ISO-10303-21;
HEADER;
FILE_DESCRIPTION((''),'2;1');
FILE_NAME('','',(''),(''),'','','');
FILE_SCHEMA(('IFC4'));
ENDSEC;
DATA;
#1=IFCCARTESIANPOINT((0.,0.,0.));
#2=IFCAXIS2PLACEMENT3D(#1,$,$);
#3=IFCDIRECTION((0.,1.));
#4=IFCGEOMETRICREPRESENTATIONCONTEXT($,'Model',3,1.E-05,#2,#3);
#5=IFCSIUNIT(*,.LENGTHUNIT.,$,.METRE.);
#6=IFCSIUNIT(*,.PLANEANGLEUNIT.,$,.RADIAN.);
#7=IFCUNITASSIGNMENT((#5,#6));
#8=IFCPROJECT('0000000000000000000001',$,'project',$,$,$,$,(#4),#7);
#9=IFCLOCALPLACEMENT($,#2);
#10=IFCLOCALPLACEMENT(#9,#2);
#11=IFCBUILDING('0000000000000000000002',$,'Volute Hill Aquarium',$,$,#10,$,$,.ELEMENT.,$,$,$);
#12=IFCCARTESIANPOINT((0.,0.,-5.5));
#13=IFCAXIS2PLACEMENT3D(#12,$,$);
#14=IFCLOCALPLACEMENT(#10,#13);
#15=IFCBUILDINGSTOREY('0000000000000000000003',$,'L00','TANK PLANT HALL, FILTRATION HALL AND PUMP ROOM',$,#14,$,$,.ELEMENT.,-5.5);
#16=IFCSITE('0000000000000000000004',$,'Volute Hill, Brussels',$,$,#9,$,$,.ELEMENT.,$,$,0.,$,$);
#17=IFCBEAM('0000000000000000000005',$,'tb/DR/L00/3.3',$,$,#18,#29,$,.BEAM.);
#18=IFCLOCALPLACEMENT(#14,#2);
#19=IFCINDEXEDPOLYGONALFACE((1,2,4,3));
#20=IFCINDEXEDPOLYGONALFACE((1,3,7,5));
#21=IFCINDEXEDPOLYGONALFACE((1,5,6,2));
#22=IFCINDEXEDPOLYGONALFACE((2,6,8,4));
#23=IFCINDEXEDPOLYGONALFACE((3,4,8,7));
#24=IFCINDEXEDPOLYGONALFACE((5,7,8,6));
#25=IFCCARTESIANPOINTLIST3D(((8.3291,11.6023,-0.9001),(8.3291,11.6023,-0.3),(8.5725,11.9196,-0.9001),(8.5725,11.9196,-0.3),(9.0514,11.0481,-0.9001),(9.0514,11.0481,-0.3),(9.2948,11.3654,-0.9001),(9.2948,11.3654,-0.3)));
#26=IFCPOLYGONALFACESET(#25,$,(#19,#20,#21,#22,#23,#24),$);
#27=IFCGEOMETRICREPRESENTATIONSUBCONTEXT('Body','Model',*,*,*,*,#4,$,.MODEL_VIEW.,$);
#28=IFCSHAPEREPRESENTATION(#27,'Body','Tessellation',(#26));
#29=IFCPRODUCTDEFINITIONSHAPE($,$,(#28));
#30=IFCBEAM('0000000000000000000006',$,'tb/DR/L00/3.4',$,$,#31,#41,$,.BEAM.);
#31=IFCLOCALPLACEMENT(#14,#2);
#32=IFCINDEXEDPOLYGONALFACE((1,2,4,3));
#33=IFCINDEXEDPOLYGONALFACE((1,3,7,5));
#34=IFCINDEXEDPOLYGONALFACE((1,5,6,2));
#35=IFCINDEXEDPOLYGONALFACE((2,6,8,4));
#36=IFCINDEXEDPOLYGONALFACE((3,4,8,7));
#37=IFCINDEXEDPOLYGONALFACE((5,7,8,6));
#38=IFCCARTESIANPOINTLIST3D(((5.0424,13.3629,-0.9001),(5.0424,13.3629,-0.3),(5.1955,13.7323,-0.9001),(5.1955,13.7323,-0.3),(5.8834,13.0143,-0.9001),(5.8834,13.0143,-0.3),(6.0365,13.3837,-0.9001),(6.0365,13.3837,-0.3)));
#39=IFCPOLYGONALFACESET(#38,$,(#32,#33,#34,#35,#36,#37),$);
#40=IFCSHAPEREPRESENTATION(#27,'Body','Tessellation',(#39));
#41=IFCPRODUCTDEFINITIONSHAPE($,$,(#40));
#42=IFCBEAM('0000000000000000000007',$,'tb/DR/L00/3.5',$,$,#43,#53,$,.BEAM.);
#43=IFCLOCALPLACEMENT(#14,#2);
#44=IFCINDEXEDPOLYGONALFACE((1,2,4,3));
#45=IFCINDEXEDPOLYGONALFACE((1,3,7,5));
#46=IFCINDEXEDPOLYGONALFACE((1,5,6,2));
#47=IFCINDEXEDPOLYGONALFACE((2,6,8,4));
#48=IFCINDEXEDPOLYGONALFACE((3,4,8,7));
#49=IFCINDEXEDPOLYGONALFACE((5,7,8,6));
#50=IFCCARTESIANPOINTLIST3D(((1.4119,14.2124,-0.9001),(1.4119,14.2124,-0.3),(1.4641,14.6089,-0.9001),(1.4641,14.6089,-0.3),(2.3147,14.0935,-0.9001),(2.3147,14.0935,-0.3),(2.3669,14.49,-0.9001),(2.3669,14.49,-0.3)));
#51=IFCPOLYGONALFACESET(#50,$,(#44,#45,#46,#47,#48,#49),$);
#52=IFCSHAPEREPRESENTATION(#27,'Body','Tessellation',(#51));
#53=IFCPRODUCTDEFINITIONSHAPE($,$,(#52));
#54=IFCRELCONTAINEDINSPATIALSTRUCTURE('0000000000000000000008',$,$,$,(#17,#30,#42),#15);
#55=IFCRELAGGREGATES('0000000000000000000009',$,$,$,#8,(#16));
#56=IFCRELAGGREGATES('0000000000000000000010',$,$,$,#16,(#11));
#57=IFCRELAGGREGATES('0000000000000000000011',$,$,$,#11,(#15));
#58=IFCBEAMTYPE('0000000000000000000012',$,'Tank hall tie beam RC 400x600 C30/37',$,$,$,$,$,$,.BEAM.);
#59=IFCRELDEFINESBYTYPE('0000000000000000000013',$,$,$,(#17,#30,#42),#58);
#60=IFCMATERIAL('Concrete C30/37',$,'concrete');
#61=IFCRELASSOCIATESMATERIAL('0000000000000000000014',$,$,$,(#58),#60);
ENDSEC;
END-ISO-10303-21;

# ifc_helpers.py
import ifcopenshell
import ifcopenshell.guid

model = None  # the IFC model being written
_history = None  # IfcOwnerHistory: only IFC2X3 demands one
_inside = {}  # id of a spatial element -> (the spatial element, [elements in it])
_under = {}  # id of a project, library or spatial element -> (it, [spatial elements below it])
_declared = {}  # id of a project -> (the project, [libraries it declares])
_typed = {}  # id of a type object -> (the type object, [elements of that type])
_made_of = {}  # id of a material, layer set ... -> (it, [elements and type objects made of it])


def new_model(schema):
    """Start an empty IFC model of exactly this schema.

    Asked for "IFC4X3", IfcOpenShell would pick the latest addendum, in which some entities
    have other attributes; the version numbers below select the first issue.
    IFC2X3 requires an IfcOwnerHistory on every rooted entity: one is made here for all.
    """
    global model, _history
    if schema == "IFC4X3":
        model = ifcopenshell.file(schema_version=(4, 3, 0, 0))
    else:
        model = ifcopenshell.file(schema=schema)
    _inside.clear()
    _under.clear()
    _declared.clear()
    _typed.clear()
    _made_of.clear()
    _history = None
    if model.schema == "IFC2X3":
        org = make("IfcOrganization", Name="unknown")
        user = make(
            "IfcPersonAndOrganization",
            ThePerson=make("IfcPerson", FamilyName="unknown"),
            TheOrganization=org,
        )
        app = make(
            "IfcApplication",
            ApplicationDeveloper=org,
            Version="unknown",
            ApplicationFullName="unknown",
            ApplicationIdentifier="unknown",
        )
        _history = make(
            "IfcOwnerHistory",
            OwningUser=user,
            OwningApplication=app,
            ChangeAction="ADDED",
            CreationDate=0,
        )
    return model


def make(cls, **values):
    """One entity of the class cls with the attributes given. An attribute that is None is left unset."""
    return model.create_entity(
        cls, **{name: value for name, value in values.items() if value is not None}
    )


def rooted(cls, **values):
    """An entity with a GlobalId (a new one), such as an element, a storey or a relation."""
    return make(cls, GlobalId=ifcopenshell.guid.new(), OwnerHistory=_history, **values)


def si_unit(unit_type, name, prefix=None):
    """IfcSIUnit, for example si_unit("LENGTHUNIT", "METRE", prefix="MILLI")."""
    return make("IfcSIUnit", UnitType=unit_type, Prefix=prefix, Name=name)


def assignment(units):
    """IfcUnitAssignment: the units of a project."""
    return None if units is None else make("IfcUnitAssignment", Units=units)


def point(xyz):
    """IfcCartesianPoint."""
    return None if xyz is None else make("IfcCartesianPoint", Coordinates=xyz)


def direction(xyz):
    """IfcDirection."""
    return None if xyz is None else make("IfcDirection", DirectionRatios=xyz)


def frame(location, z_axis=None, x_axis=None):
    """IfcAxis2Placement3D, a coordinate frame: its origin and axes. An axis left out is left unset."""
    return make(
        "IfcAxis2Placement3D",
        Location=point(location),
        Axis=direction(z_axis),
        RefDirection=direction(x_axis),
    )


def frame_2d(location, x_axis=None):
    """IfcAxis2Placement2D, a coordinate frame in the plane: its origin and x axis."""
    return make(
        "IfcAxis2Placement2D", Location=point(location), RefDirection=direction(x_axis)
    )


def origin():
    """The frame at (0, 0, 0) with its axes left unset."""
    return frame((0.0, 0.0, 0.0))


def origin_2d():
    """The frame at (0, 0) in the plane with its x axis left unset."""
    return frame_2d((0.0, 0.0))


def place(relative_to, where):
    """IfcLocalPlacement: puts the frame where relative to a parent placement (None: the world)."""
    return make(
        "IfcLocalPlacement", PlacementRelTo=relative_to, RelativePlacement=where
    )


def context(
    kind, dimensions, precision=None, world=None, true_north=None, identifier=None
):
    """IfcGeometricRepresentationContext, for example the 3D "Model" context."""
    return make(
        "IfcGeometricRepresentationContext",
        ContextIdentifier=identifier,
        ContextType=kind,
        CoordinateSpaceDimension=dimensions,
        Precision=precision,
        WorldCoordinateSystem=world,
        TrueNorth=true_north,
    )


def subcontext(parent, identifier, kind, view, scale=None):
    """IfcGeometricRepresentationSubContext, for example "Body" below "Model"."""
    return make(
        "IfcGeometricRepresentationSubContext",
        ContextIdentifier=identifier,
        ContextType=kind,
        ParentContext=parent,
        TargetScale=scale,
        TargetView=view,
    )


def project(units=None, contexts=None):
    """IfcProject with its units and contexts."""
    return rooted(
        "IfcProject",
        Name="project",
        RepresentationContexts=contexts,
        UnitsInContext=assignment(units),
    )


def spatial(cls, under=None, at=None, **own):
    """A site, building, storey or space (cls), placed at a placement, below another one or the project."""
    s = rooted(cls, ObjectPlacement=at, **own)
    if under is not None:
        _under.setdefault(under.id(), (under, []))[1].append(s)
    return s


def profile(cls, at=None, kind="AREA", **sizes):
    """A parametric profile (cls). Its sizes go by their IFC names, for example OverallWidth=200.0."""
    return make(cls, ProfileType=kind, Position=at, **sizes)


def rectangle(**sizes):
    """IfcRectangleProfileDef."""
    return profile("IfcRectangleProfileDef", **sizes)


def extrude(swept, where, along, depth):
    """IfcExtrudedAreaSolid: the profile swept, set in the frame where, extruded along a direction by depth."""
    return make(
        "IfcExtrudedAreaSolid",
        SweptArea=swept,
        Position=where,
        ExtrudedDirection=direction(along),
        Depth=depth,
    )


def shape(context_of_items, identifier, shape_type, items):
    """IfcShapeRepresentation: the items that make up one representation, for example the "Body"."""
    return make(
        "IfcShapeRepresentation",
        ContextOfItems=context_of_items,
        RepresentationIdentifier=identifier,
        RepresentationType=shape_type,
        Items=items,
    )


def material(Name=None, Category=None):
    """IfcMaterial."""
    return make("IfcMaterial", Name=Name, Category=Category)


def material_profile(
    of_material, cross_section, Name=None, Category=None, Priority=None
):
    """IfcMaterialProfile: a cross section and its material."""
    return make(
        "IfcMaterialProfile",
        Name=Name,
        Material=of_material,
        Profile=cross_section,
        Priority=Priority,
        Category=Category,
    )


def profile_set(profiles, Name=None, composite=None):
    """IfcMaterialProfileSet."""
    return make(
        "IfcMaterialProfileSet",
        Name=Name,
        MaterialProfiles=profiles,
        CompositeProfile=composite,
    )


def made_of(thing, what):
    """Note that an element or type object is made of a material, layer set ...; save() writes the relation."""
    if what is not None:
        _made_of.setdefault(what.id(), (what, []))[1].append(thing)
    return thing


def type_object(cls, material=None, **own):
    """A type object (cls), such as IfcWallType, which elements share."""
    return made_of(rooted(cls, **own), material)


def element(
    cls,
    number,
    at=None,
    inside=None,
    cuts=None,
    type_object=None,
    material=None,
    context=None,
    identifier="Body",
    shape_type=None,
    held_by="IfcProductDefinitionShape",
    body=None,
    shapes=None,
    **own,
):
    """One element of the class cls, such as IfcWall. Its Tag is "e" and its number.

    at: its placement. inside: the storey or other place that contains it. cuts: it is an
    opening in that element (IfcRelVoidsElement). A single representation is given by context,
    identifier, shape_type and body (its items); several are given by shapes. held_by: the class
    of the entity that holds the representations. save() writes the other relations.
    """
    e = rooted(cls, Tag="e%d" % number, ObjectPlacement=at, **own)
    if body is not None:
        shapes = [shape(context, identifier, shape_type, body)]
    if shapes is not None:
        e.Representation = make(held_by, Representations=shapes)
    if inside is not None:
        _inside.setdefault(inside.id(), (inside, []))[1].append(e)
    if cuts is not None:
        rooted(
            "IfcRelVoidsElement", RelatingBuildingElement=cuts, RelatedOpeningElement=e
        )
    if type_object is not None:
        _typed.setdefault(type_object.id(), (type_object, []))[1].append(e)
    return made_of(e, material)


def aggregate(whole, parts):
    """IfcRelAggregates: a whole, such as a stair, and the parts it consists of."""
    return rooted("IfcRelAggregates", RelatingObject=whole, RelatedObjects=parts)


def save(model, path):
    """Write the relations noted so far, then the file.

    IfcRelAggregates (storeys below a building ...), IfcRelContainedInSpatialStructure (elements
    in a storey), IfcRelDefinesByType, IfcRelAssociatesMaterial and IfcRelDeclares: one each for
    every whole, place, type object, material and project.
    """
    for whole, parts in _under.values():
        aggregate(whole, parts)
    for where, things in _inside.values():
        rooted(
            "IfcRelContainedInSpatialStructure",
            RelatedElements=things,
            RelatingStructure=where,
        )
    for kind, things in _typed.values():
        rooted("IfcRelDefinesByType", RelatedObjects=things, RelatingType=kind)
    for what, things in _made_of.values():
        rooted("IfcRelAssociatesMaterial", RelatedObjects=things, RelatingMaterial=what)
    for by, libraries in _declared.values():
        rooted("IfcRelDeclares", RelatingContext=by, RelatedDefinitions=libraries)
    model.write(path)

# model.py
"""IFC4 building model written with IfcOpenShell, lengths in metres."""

from ifc_helpers import new_model, si_unit, direction, frame, origin, origin_2d, place, context, subcontext, project, spatial, rectangle, extrude, material, material_profile, profile_set, type_object, element, save


model = new_model("IFC4")

# Units and contexts
model_context = context("Model", 3, precision=1e-05, world=origin(), true_north=direction((0.0, 1.0)))
body_context = subcontext(model_context, "Body", "Model", "MODEL_VIEW")
ifc_project = project(units=[si_unit("LENGTHUNIT", "METRE"), si_unit("PLANEANGLEUNIT", "RADIAN")], contexts=[model_context])

# Site, building, storey
site_placement = place(None, origin())
site = spatial("IfcSite", under=ifc_project, at=site_placement, Name="Volute Hill, Brussels", CompositionType="ELEMENT", RefElevation=0.0)
building_placement = place(site_placement, origin())
building = spatial("IfcBuilding", under=site, at=building_placement, Name="Volute Hill Aquarium", CompositionType="ELEMENT")
storey_placement = place(building_placement, frame((0.0, 0.0, -5.5)))
storey = spatial("IfcBuildingStorey", under=building, at=storey_placement, Name="L00", Description="TANK PLANT HALL, FILTRATION HALL AND PUMP ROOM", CompositionType="ELEMENT", Elevation=-5.5)

# Beams
ifc_material_1 = material(Name="Concrete C30/37", Category="concrete")
ifc_material_profile_1 = material_profile(ifc_material_1, rectangle(XDim=0.3999, YDim=0.6001, at=origin_2d()), Name="RC tie beam 400x600")
ifc_profile_set_1 = profile_set([ifc_material_profile_1], Name="Concrete C30/37")
beam_type = type_object("IfcBeamType", Name="Tank hall tie beam RC 400x600 C30/37", PredefinedType="BEAM", material=ifc_profile_set_1)
for number, where, z_axis, x_axis, name in (
    (1, (9.1731, 11.2068, -0.6001), (-0.793421, 0.608674, 0.0), (-0.608674, -0.793421, 0.0), "tb/DR/L00/3.3"),
    (2, (5.96, 13.199, -0.6001), (-0.923781, 0.38292, 0.0), (-0.38292, -0.923781, 0.0), "tb/DR/L00/3.4"),
):
    element("IfcBeam", number, at=place(storey_placement, frame(where, z_axis=z_axis, x_axis=x_axis)), inside=storey, type_object=beam_type, Name=name, PredefinedType="BEAM", context=body_context, shape_type="SweptSolid", body=[
        extrude(rectangle(XDim=0.3999, YDim=0.6001, at=origin_2d()), origin(), (0.0, 0.0, 1.0), 0.9104),
    ])
beam_placement = place(storey_placement, frame((2.3408, 14.2917, -0.6001), z_axis=(-0.99144, 0.130565, 0.0), x_axis=(-0.130565, -0.99144, 0.0)))
element("IfcBeam", 3, at=beam_placement, inside=storey, type_object=beam_type, Name="tb/DR/L00/3.5", PredefinedType="BEAM", context=body_context, shape_type="SweptSolid", body=[
    extrude(rectangle(XDim=0.3999, YDim=0.6001, at=origin_2d()), origin(), (0.0, 0.0, 1.0), 0.9106),
])

save(model, "model.ifc")
